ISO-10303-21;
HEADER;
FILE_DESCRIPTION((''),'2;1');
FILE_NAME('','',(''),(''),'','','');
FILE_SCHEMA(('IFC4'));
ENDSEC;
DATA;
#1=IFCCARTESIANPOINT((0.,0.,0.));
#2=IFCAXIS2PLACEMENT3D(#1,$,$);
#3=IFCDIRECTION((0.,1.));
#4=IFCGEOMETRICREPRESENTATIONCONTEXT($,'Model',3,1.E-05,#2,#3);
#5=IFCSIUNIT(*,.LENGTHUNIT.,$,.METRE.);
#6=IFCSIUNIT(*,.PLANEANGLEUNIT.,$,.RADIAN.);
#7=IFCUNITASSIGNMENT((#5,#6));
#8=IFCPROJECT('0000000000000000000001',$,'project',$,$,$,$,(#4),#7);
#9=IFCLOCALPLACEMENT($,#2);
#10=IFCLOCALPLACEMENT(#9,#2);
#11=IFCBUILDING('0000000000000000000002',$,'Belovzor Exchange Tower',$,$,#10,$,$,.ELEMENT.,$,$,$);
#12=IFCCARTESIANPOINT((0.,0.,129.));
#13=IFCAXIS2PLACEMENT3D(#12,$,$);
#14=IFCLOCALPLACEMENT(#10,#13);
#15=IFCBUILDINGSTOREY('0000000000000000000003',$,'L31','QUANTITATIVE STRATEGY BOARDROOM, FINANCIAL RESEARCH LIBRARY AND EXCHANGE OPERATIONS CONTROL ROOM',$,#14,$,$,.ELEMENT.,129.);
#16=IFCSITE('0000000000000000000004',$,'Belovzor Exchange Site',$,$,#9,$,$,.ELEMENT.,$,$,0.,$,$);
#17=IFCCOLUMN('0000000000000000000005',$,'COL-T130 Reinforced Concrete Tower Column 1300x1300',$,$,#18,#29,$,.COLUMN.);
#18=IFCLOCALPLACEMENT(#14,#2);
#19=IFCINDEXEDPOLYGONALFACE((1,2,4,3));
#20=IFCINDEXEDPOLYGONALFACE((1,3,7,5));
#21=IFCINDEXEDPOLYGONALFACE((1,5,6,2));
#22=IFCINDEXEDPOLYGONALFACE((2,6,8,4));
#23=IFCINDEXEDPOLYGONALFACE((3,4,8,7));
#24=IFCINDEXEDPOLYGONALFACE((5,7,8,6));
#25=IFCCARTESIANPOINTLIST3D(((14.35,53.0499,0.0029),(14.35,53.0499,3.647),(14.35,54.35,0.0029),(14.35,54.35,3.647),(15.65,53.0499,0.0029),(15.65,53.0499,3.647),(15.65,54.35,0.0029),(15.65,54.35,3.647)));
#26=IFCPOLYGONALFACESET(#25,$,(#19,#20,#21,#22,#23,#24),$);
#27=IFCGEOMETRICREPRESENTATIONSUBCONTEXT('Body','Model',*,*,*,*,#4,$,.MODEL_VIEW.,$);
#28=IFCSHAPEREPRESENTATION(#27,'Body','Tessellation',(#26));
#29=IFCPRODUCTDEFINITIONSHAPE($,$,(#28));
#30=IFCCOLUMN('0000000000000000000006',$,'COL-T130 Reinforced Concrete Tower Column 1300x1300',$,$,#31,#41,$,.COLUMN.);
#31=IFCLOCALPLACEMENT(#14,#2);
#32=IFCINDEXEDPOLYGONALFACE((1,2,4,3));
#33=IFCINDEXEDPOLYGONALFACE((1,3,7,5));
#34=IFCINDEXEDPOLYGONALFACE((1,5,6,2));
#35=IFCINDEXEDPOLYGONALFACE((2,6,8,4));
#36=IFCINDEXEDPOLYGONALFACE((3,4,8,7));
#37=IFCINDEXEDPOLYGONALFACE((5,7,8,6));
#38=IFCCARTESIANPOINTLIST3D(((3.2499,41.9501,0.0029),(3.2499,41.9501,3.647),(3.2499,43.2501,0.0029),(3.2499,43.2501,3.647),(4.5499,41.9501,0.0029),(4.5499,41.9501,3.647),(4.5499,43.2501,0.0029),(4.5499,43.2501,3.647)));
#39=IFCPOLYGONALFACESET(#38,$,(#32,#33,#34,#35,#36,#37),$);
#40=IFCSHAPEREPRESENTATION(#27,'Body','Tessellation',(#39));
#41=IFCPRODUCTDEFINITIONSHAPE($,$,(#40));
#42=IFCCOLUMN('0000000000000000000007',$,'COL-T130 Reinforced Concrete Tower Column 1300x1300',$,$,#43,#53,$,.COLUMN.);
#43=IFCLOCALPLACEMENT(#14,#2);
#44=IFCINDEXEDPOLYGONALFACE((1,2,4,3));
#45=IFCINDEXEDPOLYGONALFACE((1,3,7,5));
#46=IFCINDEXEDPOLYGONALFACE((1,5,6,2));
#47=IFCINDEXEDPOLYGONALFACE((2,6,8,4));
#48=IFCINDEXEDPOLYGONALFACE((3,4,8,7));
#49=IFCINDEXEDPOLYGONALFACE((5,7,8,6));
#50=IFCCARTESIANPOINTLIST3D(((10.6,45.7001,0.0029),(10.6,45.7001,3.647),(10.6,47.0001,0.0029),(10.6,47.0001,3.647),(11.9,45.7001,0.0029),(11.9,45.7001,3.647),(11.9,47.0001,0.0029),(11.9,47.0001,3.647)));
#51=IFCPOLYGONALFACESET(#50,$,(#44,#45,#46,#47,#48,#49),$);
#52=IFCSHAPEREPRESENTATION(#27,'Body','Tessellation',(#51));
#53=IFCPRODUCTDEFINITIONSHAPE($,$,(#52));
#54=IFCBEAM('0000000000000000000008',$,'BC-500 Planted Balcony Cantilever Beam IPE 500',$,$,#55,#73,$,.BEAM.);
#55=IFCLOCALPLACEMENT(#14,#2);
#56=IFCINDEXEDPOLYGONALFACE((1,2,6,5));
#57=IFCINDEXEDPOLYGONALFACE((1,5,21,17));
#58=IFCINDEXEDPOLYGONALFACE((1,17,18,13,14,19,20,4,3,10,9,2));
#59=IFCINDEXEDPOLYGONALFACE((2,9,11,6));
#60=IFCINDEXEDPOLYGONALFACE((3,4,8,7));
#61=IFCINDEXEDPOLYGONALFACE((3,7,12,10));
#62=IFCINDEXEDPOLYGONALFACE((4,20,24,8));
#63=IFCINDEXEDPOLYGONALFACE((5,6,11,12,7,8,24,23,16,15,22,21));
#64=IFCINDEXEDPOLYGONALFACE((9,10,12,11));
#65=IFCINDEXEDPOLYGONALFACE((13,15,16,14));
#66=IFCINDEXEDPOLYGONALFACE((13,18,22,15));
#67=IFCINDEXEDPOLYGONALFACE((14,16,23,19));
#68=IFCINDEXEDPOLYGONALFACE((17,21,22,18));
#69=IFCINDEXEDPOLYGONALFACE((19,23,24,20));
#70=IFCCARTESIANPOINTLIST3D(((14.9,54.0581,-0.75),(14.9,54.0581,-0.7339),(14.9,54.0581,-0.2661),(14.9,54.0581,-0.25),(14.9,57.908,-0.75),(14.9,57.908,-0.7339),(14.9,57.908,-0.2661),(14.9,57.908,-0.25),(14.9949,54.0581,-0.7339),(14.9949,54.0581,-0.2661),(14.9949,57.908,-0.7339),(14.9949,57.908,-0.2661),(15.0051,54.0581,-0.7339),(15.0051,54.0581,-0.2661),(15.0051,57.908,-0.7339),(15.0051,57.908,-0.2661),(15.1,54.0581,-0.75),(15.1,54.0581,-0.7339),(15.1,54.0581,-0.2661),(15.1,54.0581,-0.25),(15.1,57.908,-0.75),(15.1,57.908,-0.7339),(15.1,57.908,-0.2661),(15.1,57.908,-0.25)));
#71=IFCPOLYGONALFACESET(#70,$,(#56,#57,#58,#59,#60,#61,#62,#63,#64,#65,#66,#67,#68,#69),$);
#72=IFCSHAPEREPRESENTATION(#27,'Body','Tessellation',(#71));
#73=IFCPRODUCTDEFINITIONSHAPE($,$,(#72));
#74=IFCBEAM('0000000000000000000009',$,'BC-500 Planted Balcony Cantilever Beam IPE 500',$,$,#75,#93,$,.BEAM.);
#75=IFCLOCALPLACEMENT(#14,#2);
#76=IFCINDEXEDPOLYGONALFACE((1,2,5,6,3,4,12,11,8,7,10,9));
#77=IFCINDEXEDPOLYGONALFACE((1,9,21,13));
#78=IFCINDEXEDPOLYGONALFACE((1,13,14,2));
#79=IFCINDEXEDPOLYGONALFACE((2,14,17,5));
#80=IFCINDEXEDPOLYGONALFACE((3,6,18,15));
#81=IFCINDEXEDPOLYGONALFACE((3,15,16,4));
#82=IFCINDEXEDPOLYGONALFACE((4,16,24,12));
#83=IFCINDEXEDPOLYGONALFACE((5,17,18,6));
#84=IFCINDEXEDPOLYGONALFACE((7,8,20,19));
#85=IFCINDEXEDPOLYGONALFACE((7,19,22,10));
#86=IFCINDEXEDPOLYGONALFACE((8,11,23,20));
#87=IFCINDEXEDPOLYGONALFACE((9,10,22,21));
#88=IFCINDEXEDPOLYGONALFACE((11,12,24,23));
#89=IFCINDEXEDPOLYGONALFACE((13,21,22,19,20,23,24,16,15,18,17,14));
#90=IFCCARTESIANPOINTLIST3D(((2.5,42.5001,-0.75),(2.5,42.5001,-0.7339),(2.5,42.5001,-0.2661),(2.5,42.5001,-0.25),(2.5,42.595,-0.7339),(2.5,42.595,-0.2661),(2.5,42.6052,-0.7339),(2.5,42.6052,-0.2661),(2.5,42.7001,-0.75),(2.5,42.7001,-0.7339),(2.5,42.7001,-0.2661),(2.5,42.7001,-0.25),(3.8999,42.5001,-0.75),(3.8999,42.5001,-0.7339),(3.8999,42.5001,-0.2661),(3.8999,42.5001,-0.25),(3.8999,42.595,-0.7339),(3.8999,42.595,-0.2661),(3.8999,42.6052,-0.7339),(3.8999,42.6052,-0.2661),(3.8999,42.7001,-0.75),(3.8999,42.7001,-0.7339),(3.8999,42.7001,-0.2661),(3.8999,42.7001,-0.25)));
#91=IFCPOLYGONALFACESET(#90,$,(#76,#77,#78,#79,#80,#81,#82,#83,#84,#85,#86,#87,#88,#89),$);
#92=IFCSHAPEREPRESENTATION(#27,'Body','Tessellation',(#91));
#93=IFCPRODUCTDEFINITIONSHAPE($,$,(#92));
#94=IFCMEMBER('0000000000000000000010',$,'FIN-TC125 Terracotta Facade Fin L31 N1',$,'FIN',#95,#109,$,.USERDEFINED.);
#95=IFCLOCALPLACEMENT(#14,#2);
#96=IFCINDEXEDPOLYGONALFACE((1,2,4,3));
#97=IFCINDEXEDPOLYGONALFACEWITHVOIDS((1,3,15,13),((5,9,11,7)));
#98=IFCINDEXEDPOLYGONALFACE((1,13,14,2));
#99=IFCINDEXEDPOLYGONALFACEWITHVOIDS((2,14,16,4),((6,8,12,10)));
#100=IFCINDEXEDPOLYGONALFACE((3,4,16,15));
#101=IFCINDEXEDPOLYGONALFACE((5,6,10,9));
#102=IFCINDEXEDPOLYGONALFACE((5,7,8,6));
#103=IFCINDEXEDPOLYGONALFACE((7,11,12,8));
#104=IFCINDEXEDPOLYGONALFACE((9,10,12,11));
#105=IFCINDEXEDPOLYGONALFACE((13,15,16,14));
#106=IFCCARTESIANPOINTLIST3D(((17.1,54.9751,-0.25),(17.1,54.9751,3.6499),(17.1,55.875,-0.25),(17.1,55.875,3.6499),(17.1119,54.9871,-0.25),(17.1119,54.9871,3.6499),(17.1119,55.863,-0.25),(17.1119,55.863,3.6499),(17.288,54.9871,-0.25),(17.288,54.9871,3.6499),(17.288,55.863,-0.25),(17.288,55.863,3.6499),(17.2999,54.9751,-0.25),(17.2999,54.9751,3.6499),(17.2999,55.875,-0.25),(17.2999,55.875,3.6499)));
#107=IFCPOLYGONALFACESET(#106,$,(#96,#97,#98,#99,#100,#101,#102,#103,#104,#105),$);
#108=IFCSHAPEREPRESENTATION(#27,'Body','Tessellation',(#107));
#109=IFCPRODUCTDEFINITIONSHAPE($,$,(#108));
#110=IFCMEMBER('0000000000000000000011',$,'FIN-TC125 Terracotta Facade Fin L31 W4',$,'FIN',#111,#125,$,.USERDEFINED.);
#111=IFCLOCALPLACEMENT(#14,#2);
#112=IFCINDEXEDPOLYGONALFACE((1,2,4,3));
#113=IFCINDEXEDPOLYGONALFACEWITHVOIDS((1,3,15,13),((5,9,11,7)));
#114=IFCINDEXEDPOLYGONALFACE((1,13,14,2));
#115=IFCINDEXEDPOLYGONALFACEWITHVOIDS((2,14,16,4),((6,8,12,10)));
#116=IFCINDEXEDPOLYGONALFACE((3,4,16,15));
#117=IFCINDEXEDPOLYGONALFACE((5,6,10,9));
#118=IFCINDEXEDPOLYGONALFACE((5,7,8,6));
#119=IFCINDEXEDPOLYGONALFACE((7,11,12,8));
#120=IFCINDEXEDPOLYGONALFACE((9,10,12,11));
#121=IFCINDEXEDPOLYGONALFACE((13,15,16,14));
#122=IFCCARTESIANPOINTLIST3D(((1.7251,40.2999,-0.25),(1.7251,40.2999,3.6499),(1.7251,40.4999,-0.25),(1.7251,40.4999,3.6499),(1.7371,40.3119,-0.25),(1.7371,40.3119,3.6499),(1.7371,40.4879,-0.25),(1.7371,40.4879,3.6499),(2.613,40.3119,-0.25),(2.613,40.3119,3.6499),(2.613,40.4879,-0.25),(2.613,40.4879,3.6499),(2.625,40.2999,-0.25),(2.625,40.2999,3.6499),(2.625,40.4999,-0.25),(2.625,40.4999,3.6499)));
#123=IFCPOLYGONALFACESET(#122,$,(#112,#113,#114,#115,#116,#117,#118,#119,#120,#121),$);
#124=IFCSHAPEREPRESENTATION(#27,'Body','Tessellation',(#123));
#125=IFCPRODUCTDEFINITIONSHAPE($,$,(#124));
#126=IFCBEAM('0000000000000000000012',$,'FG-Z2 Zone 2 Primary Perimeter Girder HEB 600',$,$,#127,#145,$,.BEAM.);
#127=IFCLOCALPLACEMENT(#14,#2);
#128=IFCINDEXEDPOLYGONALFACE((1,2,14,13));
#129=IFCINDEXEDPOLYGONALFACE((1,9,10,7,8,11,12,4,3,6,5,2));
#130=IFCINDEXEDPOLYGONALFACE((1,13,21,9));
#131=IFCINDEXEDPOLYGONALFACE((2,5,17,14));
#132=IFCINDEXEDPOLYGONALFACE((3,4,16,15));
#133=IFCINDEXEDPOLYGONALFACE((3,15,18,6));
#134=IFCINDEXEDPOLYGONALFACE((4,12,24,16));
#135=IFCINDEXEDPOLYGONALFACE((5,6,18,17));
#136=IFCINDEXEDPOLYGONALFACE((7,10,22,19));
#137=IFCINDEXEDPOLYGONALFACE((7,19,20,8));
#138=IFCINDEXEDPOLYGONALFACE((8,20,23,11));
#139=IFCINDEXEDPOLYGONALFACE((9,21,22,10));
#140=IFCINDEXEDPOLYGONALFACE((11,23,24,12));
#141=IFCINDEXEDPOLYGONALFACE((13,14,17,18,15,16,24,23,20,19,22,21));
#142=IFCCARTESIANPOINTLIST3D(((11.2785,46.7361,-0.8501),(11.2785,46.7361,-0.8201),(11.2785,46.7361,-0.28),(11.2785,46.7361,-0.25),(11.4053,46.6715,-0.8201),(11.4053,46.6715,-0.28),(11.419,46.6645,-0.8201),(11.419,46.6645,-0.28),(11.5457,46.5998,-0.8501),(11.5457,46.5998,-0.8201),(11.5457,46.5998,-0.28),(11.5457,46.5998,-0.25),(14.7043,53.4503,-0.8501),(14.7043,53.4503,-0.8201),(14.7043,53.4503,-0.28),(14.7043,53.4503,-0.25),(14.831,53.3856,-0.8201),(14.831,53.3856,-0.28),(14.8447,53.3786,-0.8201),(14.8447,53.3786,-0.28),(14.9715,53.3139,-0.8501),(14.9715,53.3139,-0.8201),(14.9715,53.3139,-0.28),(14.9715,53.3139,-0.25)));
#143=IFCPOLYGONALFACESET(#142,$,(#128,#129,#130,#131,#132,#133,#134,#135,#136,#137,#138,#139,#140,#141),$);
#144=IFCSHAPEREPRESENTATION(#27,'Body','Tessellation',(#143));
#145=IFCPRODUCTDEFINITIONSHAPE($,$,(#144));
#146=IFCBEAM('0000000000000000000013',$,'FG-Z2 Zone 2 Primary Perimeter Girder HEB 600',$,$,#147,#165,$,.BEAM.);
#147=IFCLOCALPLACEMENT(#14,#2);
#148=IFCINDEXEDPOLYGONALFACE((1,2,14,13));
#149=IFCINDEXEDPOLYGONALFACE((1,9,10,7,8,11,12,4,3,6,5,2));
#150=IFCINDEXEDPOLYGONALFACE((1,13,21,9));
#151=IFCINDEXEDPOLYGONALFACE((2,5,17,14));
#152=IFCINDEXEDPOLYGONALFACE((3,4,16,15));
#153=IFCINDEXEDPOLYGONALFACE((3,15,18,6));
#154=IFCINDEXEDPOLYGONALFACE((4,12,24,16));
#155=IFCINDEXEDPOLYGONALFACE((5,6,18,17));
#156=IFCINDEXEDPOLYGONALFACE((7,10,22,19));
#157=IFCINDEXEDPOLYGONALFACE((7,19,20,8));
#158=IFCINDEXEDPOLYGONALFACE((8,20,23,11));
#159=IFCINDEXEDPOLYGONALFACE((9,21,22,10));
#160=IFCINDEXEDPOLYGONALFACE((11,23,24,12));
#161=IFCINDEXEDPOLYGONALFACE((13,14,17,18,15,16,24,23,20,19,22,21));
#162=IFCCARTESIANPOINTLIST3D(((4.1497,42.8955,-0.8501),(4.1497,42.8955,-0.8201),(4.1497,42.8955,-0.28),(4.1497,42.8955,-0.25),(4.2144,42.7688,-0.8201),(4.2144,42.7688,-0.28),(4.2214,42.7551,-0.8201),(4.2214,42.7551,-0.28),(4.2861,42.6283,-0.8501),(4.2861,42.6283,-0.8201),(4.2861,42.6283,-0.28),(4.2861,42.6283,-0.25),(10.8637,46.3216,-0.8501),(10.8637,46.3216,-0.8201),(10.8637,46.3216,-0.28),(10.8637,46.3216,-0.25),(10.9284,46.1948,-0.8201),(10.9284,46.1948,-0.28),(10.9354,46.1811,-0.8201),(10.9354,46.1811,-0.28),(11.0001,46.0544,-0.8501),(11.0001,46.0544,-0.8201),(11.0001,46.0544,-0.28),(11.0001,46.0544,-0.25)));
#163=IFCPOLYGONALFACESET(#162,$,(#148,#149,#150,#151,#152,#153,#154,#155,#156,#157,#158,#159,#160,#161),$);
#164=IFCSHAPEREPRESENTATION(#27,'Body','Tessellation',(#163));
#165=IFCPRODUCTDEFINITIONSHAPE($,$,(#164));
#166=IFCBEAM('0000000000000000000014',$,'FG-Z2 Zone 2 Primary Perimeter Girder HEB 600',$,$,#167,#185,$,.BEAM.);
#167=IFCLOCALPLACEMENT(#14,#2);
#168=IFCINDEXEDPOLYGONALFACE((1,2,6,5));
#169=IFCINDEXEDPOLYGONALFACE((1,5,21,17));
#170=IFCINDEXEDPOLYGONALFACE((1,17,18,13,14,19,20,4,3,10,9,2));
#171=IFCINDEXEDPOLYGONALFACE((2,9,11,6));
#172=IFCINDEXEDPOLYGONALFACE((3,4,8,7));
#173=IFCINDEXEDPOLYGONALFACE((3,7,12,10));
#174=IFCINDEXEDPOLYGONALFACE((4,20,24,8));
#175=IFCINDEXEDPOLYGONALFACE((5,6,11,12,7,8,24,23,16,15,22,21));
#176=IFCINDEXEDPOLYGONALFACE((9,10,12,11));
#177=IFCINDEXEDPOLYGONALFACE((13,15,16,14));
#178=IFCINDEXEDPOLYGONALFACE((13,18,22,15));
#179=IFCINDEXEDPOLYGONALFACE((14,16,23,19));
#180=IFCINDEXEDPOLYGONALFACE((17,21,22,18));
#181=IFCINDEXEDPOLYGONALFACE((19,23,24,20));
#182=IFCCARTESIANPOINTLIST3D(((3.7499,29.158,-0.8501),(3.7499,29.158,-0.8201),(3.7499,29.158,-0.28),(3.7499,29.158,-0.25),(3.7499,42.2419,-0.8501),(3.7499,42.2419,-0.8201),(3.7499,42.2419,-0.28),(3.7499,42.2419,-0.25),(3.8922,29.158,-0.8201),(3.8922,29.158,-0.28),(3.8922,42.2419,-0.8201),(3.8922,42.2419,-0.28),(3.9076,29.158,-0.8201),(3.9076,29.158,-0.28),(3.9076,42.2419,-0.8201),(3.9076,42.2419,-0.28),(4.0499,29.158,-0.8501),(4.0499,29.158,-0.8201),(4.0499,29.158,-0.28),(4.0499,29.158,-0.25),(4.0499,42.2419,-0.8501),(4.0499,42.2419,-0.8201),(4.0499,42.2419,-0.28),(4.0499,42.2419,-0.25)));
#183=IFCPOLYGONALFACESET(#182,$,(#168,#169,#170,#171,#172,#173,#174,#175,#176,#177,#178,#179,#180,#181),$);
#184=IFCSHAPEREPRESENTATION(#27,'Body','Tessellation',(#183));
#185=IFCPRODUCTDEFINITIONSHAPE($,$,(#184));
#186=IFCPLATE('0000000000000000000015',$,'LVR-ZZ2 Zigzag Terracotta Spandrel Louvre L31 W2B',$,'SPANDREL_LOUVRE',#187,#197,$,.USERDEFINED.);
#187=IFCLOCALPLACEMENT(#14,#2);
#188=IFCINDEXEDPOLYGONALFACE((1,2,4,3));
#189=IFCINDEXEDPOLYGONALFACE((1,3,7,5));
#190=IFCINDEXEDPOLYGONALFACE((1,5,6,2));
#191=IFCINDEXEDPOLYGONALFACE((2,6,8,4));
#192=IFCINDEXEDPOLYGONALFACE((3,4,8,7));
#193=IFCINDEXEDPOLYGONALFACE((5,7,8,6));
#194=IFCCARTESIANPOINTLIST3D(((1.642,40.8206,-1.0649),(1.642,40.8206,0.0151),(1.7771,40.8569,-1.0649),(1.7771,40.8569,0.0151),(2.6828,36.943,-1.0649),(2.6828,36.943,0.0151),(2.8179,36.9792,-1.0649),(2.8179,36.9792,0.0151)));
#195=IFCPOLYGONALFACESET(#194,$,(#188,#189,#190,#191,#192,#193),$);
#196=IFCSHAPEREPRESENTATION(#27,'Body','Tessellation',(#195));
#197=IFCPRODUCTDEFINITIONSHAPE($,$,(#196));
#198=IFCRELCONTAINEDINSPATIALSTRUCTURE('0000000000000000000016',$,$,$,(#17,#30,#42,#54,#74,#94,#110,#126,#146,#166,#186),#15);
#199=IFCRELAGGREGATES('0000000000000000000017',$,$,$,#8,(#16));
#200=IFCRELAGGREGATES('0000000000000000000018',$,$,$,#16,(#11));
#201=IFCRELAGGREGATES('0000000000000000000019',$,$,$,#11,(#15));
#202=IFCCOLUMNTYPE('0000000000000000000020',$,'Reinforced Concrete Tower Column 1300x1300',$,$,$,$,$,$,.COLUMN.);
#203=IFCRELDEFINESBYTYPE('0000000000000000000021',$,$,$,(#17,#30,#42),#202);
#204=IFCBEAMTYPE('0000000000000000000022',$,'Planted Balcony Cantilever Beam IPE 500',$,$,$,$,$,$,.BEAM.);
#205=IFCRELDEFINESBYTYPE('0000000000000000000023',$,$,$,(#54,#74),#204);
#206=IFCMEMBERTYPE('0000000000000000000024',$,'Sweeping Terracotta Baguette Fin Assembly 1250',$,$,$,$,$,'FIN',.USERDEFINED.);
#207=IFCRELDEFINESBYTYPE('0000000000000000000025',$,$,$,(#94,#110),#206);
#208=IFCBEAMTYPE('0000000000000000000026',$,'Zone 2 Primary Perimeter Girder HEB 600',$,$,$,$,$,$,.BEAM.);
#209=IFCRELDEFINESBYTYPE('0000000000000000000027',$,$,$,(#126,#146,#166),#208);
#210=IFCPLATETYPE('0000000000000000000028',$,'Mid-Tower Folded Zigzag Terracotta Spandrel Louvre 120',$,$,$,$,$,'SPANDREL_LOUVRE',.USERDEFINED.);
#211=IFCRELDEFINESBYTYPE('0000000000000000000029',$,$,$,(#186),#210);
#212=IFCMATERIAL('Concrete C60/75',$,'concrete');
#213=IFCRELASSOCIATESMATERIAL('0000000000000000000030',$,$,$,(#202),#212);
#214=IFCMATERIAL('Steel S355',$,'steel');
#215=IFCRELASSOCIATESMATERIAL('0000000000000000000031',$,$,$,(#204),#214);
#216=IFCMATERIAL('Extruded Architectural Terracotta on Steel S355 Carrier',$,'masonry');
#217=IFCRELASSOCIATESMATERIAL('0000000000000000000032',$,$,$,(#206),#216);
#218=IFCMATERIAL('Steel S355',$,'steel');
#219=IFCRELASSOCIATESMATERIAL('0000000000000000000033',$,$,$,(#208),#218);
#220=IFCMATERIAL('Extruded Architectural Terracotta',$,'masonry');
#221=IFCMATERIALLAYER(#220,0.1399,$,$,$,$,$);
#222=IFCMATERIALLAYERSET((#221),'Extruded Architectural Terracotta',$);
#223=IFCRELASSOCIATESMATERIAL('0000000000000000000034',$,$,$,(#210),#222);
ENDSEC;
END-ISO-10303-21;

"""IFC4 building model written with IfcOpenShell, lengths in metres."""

from ifc_helpers import new_model, si_unit, direction, frame, origin, origin_2d, place, context, subcontext, project, spatial, rectangle, hollow_rectangle, i_section, extrude, material, layer, layer_set, material_profile, profile_set, type_object, element, save


model = new_model("IFC4")

# Units and contexts
model_context = context("Model", 3, precision=1e-05, world=origin(), true_north=direction((0.0, 1.0)))
body_context = subcontext(model_context, "Body", "Model", "MODEL_VIEW")
ifc_project = project(units=[si_unit("LENGTHUNIT", "METRE"), si_unit("PLANEANGLEUNIT", "RADIAN")], contexts=[model_context])

# Site, building, storey
site_placement = place(None, origin())
site = spatial("IfcSite", under=ifc_project, at=site_placement, Name="Belovzor Exchange Site", CompositionType="ELEMENT", RefElevation=0.0)
building_placement = place(site_placement, origin())
building = spatial("IfcBuilding", under=site, at=building_placement, Name="Belovzor Exchange Tower", CompositionType="ELEMENT")
storey_placement = place(building_placement, frame((0.0, 0.0, 129.0)))
storey = spatial("IfcBuildingStorey", under=building, at=storey_placement, Name="L31", Description="QUANTITATIVE STRATEGY BOARDROOM, FINANCIAL RESEARCH LIBRARY AND EXCHANGE OPERATIONS CONTROL ROOM", CompositionType="ELEMENT", Elevation=129.0)

# Columns
ifc_material_1 = material(Name="Concrete C60/75", Category="concrete")
ifc_material_profile_1 = material_profile(ifc_material_1, rectangle(XDim=1.3, YDim=1.3, at=origin_2d()))
ifc_profile_set_1 = profile_set([ifc_material_profile_1], Name="Concrete C60/75")
column_type = type_object("IfcColumnType", Name="Reinforced Concrete Tower Column 1300x1300", PredefinedType="COLUMN", material=ifc_profile_set_1)
for number, where, z_axis, x_axis, name in (
    (1, (15.0, 53.7, 0.0029), (0.0, 0.0, 1.0), (1.0, 0.0, 0.0), "COL-T130 Reinforced Concrete Tower Column 1300x1300"),
    (2, (3.8999, 42.6001, 0.0029), (0.0, 0.0, 1.0), (1.0, 0.0, 0.0), "COL-T130 Reinforced Concrete Tower Column 1300x1300"),
    (3, (11.25, 46.3501, 0.0029), (0.0, 0.0, 1.0), (1.0, 0.0, 0.0), "COL-T130 Reinforced Concrete Tower Column 1300x1300"),
):
    element("IfcColumn", number, at=place(storey_placement, frame(where, z_axis=z_axis, x_axis=x_axis)), inside=storey, type_object=column_type, Name=name, PredefinedType="COLUMN", context=body_context, shape_type="SweptSolid", body=[
        extrude(rectangle(XDim=1.3, YDim=1.3, at=origin_2d()), origin(), (0.0, 0.0, 1.0), 3.644),
    ])

# Beams
ifc_material_2 = material(Name="Steel S355", Category="steel")
ifc_material_profile_2 = material_profile(ifc_material_2, i_section(OverallWidth=0.2, OverallDepth=0.5, WebThickness=0.0103, FlangeThickness=0.0161, at=origin_2d()))
ifc_profile_set_2 = profile_set([ifc_material_profile_2], Name="Steel S355")
beam_type_1 = type_object("IfcBeamType", Name="Planted Balcony Cantilever Beam IPE 500", PredefinedType="BEAM", material=ifc_profile_set_2)
beam_1_placement = place(storey_placement, frame((15.0, 54.0581, -0.5), z_axis=(0.0, 1.0, 0.0), x_axis=(-1.0, 0.0, 0.0)))
element("IfcBeam", 4, at=beam_1_placement, inside=storey, type_object=beam_type_1, Name="BC-500 Planted Balcony Cantilever Beam IPE 500", PredefinedType="BEAM", context=body_context, shape_type="SweptSolid", body=[
    extrude(i_section(OverallWidth=0.2, OverallDepth=0.5, WebThickness=0.0103, FlangeThickness=0.0161, at=origin_2d()), origin(), (0.0, 0.0, 1.0), 3.8499),
])
beam_2_placement = place(storey_placement, frame((3.8999, 42.6001, -0.5), z_axis=(-1.0, 0.0, 0.0), x_axis=(0.0, -1.0, 0.0)))
element("IfcBeam", 5, at=beam_2_placement, inside=storey, type_object=beam_type_1, Name="BC-500 Planted Balcony Cantilever Beam IPE 500", PredefinedType="BEAM", context=body_context, shape_type="SweptSolid", body=[
    extrude(i_section(OverallWidth=0.2, OverallDepth=0.5, WebThickness=0.0103, FlangeThickness=0.0161, at=origin_2d()), origin(), (0.0, 0.0, 1.0), 1.3999),
])

# Members
ifc_material_3 = material(Name="Extruded Architectural Terracotta on Steel S355 Carrier", Category="masonry")
ifc_material_profile_3 = material_profile(ifc_material_3, hollow_rectangle(XDim=0.2, YDim=0.8999, WallThickness=0.012, at=origin_2d()))
ifc_profile_set_3 = profile_set([ifc_material_profile_3], Name="Extruded Architectural Terracotta on Steel S355 Carrier")
member_type = type_object("IfcMemberType", Name="Sweeping Terracotta Baguette Fin Assembly 1250", ElementType="FIN", PredefinedType="USERDEFINED", material=ifc_profile_set_3)
for number, where, z_axis, x_axis, name in (
    (6, (17.2, 55.425, -0.25), (0.0, 0.0, 1.0), (1.0, 0.0, 0.0), "FIN-TC125 Terracotta Facade Fin L31 N1"),
    (7, (2.175, 40.3999, -0.25), (0.0, 0.0, 1.0), (0.0, 1.0, 0.0), "FIN-TC125 Terracotta Facade Fin L31 W4"),
):
    element("IfcMember", number, at=place(storey_placement, frame(where, z_axis=z_axis, x_axis=x_axis)), inside=storey, type_object=member_type, Name=name, ObjectType="FIN", PredefinedType="USERDEFINED", context=body_context, shape_type="SweptSolid", body=[
        extrude(hollow_rectangle(XDim=0.2, YDim=0.8999, WallThickness=0.012, at=origin_2d()), origin(), (0.0, 0.0, 1.0), 3.8999),
    ])

# Beams
ifc_material_4 = material(Name="Steel S355", Category="steel")
ifc_material_profile_4 = material_profile(ifc_material_4, i_section(OverallWidth=0.3, OverallDepth=0.6001, WebThickness=0.0154, FlangeThickness=0.03, at=origin_2d()))
ifc_profile_set_4 = profile_set([ifc_material_profile_4], Name="Steel S355")
beam_type_2 = type_object("IfcBeamType", Name="Zone 2 Primary Perimeter Girder HEB 600", PredefinedType="BEAM", material=ifc_profile_set_4)
for number, where, z_axis, x_axis, name in (
    (8, (14.8379, 53.3821, -0.55), (-0.454493, -0.89075, 0.0), (0.89075, -0.454493, 0.0), "FG-Z2 Zone 2 Primary Perimeter Girder HEB 600"),
    (9, (10.9319, 46.188, -0.55), (-0.890731, -0.454532, 0.0), (0.454532, -0.890731, 0.0), "FG-Z2 Zone 2 Primary Perimeter Girder HEB 600"),
):
    element("IfcBeam", number, at=place(storey_placement, frame(where, z_axis=z_axis, x_axis=x_axis)), inside=storey, type_object=beam_type_2, Name=name, PredefinedType="BEAM", context=body_context, shape_type="SweptSolid", body=[
        extrude(i_section(OverallWidth=0.3, OverallDepth=0.6001, WebThickness=0.0154, FlangeThickness=0.03, at=origin_2d()), origin(), (0.0, 0.0, 1.0), 7.5376),
    ])
beam_3_placement = place(storey_placement, frame((3.8999, 42.2419, -0.55), z_axis=(0.0, -1.0, 0.0), x_axis=(1.0, 0.0, 0.0)))
element("IfcBeam", 10, at=beam_3_placement, inside=storey, type_object=beam_type_2, Name="FG-Z2 Zone 2 Primary Perimeter Girder HEB 600", PredefinedType="BEAM", context=body_context, shape_type="SweptSolid", body=[
    extrude(i_section(OverallWidth=0.3, OverallDepth=0.6001, WebThickness=0.0154, FlangeThickness=0.03, at=origin_2d()), origin(), (0.0, 0.0, 1.0), 13.084),
])

# Plate
ifc_material_5 = material(Name="Extruded Architectural Terracotta", Category="masonry")
ifc_layer_1 = layer(ifc_material_5, 0.1399)
ifc_layer_set_1 = layer_set([ifc_layer_1], Name="Extruded Architectural Terracotta")
plate_type = type_object("IfcPlateType", Name="Mid-Tower Folded Zigzag Terracotta Spandrel Louvre 120", ElementType="SPANDREL_LOUVRE", PredefinedType="USERDEFINED", material=ifc_layer_set_1)
plate_placement = place(storey_placement, frame((2.23, 38.8999, -1.0649), z_axis=(0.0, 0.0, 1.0), x_axis=(-0.25924, 0.965813, 0.0)))
element("IfcPlate", 11, at=plate_placement, inside=storey, type_object=plate_type, Name="LVR-ZZ2 Zigzag Terracotta Spandrel Louvre L31 W2B", ObjectType="SPANDREL_LOUVRE", PredefinedType="USERDEFINED", context=body_context, shape_type="SweptSolid", body=[
    extrude(rectangle(XDim=4.0149, YDim=0.1399, at=origin_2d()), origin(), (0.0, 0.0, 1.0), 1.0801),
])

save(model, "model.ifc")
